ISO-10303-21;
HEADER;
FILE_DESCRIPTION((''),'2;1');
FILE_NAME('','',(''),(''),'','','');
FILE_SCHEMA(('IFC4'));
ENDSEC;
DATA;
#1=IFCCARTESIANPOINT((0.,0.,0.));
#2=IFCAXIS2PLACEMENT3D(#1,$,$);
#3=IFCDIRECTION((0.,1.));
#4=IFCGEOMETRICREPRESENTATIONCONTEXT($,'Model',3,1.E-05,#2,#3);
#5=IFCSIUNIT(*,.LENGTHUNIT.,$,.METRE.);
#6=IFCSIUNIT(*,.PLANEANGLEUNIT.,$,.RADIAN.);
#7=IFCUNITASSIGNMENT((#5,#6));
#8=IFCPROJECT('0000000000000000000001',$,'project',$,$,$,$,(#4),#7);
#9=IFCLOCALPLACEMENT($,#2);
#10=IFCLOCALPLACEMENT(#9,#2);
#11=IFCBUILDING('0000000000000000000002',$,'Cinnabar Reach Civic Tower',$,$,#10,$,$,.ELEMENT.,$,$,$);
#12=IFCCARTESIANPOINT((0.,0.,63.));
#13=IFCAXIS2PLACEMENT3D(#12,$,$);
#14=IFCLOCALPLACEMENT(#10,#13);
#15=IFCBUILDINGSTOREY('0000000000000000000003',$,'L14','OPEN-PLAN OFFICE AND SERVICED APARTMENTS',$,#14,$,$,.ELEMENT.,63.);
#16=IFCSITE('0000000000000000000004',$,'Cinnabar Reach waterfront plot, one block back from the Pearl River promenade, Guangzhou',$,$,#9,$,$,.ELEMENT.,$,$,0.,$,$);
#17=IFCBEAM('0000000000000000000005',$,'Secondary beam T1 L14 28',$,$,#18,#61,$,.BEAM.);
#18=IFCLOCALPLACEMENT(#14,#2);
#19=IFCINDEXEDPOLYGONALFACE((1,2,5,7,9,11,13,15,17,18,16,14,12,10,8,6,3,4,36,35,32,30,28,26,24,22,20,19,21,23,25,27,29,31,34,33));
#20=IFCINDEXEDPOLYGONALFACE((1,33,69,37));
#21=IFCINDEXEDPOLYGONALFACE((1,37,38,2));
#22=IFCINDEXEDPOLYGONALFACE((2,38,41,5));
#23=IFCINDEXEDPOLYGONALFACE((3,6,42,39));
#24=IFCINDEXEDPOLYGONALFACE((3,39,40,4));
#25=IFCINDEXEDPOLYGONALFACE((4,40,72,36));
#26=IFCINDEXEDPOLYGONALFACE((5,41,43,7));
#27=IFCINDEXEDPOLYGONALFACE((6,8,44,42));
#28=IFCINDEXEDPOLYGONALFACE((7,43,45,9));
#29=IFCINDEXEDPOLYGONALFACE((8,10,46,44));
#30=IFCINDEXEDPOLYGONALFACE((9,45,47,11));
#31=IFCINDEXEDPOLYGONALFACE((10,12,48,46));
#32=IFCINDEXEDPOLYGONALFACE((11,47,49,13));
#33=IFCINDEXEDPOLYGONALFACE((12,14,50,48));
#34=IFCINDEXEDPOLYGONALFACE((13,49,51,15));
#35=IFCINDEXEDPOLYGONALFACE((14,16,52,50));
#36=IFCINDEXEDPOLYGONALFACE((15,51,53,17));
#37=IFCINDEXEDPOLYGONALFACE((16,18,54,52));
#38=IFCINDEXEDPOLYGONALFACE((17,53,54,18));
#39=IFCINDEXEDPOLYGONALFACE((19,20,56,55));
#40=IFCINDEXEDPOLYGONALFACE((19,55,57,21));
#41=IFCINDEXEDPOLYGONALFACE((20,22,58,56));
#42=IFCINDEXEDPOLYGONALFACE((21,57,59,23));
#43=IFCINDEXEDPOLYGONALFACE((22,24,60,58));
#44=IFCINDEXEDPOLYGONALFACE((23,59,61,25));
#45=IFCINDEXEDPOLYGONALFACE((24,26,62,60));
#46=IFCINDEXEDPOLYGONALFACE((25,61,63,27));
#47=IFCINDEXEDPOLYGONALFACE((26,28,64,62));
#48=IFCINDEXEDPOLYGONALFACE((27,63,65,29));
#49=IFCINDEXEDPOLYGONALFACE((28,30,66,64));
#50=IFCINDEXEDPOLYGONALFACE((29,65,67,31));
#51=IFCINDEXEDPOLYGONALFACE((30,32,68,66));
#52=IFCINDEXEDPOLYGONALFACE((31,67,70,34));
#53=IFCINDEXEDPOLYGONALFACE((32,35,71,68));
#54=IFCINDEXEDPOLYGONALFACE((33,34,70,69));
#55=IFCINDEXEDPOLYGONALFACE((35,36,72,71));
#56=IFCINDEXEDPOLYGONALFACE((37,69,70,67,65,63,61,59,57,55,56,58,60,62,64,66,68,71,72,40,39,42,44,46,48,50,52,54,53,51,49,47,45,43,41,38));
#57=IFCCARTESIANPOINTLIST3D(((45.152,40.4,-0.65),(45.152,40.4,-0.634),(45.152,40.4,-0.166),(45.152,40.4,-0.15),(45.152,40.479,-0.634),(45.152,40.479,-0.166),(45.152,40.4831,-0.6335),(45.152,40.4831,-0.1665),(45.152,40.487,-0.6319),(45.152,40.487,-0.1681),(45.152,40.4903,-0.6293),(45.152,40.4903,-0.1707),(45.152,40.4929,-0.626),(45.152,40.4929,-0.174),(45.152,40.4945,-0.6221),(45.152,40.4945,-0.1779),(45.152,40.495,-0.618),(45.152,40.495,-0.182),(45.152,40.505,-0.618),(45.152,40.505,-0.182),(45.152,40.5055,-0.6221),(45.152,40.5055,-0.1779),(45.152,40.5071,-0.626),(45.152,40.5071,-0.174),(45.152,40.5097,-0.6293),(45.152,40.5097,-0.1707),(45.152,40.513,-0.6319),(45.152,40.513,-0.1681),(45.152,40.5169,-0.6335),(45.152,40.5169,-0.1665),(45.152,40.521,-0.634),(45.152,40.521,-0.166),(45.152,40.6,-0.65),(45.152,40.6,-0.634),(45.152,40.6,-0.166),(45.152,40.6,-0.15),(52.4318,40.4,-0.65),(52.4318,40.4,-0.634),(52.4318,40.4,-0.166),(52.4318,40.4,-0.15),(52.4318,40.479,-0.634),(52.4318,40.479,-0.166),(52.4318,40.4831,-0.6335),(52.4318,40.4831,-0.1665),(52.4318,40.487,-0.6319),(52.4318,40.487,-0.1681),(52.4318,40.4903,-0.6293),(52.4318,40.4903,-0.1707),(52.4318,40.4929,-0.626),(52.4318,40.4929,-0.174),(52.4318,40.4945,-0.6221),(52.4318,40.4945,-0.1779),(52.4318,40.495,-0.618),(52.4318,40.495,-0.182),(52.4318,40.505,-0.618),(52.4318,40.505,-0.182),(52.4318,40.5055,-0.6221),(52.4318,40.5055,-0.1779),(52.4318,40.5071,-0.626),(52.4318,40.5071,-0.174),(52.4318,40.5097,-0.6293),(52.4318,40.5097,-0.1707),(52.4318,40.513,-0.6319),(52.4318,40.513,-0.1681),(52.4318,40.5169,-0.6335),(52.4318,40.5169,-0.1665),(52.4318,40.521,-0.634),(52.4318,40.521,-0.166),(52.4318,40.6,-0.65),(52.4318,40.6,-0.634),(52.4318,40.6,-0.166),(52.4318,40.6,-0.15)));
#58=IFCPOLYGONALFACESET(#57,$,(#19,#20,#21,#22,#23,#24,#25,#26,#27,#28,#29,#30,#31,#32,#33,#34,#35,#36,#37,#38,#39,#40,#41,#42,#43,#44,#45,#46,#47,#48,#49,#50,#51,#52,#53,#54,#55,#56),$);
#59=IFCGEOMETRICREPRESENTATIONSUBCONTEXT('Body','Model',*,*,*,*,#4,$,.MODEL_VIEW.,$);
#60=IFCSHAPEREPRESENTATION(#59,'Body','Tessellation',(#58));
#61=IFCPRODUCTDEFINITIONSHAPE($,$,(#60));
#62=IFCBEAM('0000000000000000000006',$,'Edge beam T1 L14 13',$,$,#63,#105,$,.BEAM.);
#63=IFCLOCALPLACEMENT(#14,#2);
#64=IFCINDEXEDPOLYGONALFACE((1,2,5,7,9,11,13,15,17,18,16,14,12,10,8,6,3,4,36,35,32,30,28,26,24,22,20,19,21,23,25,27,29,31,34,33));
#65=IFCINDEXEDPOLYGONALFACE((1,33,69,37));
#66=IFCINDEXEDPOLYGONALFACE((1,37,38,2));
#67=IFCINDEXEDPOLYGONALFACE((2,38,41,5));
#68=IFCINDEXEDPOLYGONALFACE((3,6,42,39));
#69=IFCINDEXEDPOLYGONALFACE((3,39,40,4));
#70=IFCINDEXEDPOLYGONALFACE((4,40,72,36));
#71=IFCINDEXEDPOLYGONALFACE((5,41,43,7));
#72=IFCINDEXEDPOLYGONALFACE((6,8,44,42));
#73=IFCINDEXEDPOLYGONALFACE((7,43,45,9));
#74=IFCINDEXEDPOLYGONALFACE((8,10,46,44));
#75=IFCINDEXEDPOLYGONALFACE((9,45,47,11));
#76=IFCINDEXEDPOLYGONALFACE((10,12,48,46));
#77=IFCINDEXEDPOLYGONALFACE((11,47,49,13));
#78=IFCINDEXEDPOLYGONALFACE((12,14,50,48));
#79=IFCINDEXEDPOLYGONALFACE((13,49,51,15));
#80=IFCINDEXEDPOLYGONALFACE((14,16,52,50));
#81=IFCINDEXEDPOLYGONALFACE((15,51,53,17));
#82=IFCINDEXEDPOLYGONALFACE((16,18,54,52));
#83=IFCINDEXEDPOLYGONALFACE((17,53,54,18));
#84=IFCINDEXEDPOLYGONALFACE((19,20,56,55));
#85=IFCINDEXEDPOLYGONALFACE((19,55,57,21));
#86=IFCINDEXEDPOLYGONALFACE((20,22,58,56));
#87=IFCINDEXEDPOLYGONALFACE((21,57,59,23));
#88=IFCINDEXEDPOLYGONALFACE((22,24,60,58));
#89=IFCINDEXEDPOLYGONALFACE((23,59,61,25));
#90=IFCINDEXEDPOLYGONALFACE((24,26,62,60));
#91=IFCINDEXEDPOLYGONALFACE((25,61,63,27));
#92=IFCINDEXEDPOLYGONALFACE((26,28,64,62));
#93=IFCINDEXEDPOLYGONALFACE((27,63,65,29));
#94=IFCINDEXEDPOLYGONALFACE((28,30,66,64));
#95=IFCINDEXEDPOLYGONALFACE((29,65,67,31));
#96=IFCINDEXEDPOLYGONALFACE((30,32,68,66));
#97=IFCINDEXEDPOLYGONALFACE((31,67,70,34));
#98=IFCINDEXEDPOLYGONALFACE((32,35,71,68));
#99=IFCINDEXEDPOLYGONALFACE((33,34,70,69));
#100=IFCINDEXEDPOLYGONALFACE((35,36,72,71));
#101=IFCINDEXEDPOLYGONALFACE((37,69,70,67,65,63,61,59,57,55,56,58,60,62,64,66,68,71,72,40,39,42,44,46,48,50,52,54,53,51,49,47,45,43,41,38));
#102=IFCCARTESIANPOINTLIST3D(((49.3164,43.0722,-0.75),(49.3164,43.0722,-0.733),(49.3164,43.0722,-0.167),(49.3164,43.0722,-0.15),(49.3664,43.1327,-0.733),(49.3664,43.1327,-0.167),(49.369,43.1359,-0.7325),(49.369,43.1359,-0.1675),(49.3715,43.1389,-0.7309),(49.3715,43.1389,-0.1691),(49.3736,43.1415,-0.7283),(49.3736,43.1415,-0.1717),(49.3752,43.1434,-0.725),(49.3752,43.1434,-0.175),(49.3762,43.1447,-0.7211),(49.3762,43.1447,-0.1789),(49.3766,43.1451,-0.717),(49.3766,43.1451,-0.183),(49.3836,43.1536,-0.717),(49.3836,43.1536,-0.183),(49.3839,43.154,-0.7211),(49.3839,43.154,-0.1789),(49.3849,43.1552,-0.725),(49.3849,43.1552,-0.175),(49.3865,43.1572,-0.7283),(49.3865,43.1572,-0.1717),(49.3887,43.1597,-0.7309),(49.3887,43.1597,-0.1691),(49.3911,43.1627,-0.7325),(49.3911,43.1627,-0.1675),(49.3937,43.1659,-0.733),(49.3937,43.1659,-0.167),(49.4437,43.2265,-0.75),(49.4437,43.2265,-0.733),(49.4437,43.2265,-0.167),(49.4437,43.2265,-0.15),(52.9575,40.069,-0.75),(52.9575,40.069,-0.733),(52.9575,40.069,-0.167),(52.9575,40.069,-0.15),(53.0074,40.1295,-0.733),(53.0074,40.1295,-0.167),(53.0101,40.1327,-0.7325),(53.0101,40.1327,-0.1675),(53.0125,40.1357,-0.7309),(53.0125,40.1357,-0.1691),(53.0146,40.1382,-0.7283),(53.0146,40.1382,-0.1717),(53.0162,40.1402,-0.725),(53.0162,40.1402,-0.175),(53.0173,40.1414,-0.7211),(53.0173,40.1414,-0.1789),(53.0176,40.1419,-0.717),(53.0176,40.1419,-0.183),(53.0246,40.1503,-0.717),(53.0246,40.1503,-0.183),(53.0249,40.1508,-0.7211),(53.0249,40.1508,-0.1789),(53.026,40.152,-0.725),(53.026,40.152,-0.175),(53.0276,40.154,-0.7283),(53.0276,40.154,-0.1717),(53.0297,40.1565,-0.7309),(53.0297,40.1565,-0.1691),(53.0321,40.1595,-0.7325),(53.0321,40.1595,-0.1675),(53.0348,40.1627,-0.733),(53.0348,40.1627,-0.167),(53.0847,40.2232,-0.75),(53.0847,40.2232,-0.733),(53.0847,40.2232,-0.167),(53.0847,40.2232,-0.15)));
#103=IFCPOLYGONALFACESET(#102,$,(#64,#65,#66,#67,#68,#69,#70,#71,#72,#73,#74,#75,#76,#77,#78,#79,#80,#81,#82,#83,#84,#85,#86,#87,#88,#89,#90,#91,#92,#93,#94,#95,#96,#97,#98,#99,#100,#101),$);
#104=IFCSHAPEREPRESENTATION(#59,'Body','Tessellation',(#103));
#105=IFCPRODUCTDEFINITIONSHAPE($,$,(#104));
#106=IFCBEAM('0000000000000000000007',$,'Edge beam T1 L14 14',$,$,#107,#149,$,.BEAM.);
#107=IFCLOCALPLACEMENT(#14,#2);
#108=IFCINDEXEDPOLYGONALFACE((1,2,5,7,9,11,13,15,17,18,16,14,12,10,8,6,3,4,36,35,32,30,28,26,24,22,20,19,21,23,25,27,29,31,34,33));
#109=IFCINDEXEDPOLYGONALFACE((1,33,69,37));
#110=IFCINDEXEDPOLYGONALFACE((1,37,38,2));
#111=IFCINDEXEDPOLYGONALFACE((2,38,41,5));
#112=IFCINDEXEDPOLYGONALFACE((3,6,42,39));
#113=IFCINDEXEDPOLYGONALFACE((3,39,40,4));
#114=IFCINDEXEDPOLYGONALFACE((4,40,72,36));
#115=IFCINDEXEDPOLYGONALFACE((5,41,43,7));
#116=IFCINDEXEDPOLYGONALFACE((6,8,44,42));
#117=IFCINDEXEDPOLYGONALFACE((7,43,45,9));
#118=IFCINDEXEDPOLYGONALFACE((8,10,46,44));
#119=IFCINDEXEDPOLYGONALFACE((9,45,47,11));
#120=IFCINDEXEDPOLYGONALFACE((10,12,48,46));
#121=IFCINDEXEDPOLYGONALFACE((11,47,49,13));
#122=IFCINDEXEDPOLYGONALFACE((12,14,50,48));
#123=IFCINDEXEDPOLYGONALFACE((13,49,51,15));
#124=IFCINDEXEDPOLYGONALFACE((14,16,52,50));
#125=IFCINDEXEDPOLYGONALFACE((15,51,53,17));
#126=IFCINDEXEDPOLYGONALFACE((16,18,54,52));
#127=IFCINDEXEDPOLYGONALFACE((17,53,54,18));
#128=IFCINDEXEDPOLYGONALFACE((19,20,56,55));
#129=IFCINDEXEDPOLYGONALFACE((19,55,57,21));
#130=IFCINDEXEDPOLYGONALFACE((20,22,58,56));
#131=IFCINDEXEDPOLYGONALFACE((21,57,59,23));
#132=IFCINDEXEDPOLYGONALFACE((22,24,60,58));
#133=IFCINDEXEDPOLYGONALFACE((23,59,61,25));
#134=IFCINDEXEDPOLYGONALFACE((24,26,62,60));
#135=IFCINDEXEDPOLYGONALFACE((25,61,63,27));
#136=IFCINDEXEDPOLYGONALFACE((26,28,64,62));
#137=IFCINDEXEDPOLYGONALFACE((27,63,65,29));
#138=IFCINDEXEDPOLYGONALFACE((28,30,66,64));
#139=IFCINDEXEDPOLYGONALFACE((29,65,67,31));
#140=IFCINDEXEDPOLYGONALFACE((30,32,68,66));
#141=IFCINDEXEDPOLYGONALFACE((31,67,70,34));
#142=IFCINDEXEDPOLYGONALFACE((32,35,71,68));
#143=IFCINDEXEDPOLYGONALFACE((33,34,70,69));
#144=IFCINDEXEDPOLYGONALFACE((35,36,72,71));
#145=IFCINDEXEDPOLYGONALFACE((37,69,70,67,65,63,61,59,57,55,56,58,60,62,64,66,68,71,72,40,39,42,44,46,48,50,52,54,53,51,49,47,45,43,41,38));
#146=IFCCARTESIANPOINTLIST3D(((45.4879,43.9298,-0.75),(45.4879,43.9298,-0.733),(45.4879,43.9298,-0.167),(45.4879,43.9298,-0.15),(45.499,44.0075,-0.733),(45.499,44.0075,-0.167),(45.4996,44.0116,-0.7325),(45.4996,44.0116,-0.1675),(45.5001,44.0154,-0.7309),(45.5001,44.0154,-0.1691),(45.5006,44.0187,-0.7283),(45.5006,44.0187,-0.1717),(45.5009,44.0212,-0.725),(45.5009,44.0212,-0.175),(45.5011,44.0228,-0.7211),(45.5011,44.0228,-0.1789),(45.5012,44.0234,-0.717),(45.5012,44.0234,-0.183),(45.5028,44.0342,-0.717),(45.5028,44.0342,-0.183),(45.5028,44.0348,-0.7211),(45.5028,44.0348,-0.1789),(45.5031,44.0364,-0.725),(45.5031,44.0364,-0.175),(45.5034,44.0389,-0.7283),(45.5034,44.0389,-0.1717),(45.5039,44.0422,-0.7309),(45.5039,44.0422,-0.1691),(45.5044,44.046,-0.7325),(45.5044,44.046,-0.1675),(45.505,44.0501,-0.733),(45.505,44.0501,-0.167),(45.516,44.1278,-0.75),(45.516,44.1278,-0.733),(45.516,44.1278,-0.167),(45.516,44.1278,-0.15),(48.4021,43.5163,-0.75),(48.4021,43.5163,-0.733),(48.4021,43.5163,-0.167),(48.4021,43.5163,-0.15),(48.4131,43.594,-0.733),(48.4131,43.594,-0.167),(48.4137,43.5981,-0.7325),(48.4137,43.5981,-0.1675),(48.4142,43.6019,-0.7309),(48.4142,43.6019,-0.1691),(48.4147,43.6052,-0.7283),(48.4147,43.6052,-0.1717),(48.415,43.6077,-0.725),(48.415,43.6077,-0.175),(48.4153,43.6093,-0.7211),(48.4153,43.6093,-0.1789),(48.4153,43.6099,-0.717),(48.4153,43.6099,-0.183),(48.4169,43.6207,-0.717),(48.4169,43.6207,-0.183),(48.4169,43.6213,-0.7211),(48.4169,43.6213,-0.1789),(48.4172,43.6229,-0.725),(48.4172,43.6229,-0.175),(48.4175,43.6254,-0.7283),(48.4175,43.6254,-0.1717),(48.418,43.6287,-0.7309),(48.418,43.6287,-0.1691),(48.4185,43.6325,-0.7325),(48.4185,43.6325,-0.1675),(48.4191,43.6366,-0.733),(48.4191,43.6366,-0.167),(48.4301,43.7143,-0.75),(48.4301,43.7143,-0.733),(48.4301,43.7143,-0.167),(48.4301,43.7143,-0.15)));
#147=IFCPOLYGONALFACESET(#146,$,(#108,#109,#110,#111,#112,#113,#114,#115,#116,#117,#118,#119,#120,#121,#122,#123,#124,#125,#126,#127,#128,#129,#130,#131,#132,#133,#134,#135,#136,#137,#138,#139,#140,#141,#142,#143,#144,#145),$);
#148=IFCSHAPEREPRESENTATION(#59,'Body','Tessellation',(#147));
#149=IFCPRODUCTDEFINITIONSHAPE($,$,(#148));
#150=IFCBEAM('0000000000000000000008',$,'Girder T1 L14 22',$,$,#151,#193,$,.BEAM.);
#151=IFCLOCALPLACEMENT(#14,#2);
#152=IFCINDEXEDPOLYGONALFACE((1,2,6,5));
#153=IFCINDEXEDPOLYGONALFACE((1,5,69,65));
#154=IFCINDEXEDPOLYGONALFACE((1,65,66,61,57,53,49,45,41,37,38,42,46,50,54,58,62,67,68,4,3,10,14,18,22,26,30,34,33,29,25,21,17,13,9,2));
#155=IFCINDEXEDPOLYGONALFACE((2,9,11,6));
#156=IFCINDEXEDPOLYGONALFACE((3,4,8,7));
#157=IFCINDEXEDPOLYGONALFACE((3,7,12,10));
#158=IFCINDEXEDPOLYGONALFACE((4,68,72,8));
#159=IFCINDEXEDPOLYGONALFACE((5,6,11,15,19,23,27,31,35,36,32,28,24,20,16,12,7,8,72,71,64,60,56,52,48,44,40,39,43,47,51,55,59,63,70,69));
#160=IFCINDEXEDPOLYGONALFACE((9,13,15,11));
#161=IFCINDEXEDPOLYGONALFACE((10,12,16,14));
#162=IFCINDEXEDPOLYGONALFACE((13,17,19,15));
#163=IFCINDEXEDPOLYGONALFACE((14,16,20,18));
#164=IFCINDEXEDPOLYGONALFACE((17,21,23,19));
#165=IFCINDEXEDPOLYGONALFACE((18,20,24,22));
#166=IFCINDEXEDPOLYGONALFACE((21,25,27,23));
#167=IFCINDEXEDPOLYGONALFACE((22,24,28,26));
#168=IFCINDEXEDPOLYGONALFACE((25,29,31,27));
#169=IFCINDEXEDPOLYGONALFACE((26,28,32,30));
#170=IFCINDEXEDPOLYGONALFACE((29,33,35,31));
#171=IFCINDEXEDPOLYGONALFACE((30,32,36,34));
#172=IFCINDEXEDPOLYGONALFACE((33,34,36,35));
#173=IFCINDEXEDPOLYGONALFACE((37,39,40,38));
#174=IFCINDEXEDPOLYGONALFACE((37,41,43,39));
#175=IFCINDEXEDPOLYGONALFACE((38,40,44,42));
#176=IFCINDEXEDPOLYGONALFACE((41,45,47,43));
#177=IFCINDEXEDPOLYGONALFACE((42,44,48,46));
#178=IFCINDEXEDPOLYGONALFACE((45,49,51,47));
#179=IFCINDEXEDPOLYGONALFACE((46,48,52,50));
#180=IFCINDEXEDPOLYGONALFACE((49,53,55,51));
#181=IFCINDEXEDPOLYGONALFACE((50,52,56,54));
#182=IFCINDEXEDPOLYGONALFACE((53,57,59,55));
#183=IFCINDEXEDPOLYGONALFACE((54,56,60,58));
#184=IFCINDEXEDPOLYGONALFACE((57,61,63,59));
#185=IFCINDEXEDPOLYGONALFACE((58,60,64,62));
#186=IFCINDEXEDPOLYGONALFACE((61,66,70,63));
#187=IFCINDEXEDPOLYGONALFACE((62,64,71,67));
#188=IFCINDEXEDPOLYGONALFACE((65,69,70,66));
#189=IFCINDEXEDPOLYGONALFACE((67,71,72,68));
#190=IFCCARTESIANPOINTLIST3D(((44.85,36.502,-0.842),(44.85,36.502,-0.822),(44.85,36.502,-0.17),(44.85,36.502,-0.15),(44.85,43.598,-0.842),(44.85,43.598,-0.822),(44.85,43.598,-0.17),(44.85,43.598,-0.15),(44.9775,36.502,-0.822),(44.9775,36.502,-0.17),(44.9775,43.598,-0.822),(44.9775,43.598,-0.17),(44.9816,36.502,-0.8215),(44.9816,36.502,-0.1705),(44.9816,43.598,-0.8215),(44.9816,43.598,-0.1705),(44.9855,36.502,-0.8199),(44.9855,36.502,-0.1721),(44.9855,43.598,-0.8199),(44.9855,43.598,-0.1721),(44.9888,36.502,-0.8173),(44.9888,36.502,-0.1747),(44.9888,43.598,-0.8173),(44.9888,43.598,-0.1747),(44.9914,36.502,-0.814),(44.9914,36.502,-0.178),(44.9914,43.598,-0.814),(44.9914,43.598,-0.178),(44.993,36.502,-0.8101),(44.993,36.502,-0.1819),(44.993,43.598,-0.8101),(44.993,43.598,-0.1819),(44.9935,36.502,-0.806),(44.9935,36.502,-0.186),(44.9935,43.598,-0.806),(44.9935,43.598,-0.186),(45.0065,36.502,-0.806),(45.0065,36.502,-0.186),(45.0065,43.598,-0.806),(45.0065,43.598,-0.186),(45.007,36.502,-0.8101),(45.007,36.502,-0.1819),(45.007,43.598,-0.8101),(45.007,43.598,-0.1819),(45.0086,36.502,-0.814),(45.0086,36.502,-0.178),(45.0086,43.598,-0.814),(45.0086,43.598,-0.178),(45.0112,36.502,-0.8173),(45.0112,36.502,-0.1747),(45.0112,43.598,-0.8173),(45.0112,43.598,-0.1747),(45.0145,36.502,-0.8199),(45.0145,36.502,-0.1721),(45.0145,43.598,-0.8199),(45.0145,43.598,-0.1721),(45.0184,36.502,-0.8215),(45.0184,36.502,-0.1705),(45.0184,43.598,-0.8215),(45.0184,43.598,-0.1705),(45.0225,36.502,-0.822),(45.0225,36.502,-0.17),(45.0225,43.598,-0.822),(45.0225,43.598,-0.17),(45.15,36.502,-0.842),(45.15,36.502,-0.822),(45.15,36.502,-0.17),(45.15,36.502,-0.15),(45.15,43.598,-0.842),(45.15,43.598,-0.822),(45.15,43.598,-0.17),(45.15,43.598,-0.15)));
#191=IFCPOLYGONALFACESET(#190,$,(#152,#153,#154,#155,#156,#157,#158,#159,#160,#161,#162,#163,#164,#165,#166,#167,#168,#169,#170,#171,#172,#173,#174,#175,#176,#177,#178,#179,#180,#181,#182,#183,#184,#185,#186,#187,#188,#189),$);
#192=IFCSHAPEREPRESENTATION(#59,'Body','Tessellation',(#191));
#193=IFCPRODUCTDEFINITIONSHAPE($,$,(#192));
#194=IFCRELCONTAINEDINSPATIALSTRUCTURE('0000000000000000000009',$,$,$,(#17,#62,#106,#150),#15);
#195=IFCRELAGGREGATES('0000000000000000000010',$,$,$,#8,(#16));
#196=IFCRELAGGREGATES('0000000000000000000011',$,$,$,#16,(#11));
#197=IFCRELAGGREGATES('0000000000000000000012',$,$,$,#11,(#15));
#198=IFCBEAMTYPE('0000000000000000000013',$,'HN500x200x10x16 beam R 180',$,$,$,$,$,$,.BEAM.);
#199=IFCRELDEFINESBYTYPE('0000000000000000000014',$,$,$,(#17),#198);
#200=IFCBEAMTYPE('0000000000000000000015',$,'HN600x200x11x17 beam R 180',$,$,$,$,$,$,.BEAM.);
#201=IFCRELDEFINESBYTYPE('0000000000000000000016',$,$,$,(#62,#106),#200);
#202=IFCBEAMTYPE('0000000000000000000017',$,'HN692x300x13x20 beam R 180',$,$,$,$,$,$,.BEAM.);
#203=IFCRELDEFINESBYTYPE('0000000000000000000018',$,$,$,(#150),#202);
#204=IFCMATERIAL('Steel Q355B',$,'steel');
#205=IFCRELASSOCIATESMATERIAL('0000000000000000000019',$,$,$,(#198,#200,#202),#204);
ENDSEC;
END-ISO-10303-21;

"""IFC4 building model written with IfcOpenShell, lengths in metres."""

from ifc_helpers import new_model, si_unit, direction, frame, origin, origin_2d, place, context, subcontext, project, spatial, i_section, extrude, material, material_profile, profile_set, type_object, element, save


model = new_model("IFC4")

# Units and contexts
model_context = context("Model", 3, precision=1e-05, world=origin(), true_north=direction((0.0, 1.0)))
body_context = subcontext(model_context, "Body", "Model", "MODEL_VIEW")
ifc_project = project(units=[si_unit("LENGTHUNIT", "METRE"), si_unit("PLANEANGLEUNIT", "RADIAN")], contexts=[model_context])

# Site, building, storey
site_placement = place(None, origin())
site = spatial("IfcSite", under=ifc_project, at=site_placement, Name="Cinnabar Reach waterfront plot, one block back from the Pearl River promenade, Guangzhou", CompositionType="ELEMENT", RefElevation=0.0)
building_placement = place(site_placement, origin())
building = spatial("IfcBuilding", under=site, at=building_placement, Name="Cinnabar Reach Civic Tower", CompositionType="ELEMENT")
storey_placement = place(building_placement, frame((0.0, 0.0, 63.0)))
storey = spatial("IfcBuildingStorey", under=building, at=storey_placement, Name="L14", Description="OPEN-PLAN OFFICE AND SERVICED APARTMENTS", CompositionType="ELEMENT", Elevation=63.0)

# Beams
ifc_material_1 = material(Name="Steel Q355B", Category="steel")
ifc_material_profile_1 = material_profile(ifc_material_1, i_section(OverallWidth=0.2, OverallDepth=0.5, WebThickness=0.01, FlangeThickness=0.016, FilletRadius=0.016, at=origin_2d()), Name="HN500x200x10x16")
ifc_profile_set_1 = profile_set([ifc_material_profile_1], Name="Steel Q355B")
beam_type_1 = type_object("IfcBeamType", Name="HN500x200x10x16 beam R 180", PredefinedType="BEAM", material=ifc_profile_set_1)
beam_1_placement = place(storey_placement, frame((45.152, 40.5, -0.4), z_axis=(1.0, 0.0, 0.0), x_axis=(0.0, 1.0, 0.0)))
element("IfcBeam", 1, at=beam_1_placement, inside=storey, type_object=beam_type_1, Name="Secondary beam T1 L14 28", PredefinedType="BEAM", context=body_context, shape_type="SweptSolid", body=[
    extrude(i_section(OverallWidth=0.2, OverallDepth=0.5, WebThickness=0.01, FlangeThickness=0.016, FilletRadius=0.016, at=origin_2d()), origin(), (0.0, 0.0, 1.0), 7.2798),
])
ifc_material_profile_2 = material_profile(ifc_material_1, i_section(OverallWidth=0.2, OverallDepth=0.6, WebThickness=0.011, FlangeThickness=0.017, FilletRadius=0.016, at=origin_2d()), Name="HN600x200x11x17")
ifc_profile_set_2 = profile_set([ifc_material_profile_2], Name="Steel Q355B")
beam_type_2 = type_object("IfcBeamType", Name="HN600x200x11x17 beam R 180", PredefinedType="BEAM", material=ifc_profile_set_2)
beam_2_placement = place(storey_placement, frame((53.0211, 40.1461, -0.45), z_axis=(-0.771438, 0.636304, 0.0), x_axis=(-0.636304, -0.771438, 0.0)))
element("IfcBeam", 2, at=beam_2_placement, inside=storey, type_object=beam_type_2, Name="Edge beam T1 L14 13", PredefinedType="BEAM", context=body_context, shape_type="SweptSolid", body=[
    extrude(i_section(OverallWidth=0.2, OverallDepth=0.6, WebThickness=0.011, FlangeThickness=0.017, FilletRadius=0.016, at=origin_2d()), origin(), (0.0, 0.0, 1.0), 4.7198),
])
beam_3_placement = place(storey_placement, frame((48.4161, 43.6153, -0.45), z_axis=(-0.990082, 0.140489, 0.0), x_axis=(-0.140489, -0.990082, 0.0)))
element("IfcBeam", 3, at=beam_3_placement, inside=storey, type_object=beam_type_2, Name="Edge beam T1 L14 14", PredefinedType="BEAM", context=body_context, shape_type="SweptSolid", body=[
    extrude(i_section(OverallWidth=0.2, OverallDepth=0.6, WebThickness=0.011, FlangeThickness=0.017, FilletRadius=0.016, at=origin_2d()), origin(), (0.0, 0.0, 1.0), 2.9433),
])
ifc_material_profile_3 = material_profile(ifc_material_1, i_section(OverallWidth=0.3, OverallDepth=0.692, WebThickness=0.013, FlangeThickness=0.02, FilletRadius=0.016, at=origin_2d()), Name="HN692x300x13x20")
ifc_profile_set_3 = profile_set([ifc_material_profile_3], Name="Steel Q355B")
beam_type_3 = type_object("IfcBeamType", Name="HN692x300x13x20 beam R 180", PredefinedType="BEAM", material=ifc_profile_set_3)
beam_4_placement = place(storey_placement, frame((45.0, 36.502, -0.496), z_axis=(0.0, 1.0, 0.0), x_axis=(-1.0, 0.0, 0.0)))
element("IfcBeam", 4, at=beam_4_placement, inside=storey, type_object=beam_type_3, Name="Girder T1 L14 22", PredefinedType="BEAM", context=body_context, shape_type="SweptSolid", body=[
    extrude(i_section(OverallWidth=0.3, OverallDepth=0.692, WebThickness=0.013, FlangeThickness=0.02, FilletRadius=0.016, at=origin_2d()), origin(), (0.0, 0.0, 1.0), 7.096),
])

save(model, "model.ifc")
